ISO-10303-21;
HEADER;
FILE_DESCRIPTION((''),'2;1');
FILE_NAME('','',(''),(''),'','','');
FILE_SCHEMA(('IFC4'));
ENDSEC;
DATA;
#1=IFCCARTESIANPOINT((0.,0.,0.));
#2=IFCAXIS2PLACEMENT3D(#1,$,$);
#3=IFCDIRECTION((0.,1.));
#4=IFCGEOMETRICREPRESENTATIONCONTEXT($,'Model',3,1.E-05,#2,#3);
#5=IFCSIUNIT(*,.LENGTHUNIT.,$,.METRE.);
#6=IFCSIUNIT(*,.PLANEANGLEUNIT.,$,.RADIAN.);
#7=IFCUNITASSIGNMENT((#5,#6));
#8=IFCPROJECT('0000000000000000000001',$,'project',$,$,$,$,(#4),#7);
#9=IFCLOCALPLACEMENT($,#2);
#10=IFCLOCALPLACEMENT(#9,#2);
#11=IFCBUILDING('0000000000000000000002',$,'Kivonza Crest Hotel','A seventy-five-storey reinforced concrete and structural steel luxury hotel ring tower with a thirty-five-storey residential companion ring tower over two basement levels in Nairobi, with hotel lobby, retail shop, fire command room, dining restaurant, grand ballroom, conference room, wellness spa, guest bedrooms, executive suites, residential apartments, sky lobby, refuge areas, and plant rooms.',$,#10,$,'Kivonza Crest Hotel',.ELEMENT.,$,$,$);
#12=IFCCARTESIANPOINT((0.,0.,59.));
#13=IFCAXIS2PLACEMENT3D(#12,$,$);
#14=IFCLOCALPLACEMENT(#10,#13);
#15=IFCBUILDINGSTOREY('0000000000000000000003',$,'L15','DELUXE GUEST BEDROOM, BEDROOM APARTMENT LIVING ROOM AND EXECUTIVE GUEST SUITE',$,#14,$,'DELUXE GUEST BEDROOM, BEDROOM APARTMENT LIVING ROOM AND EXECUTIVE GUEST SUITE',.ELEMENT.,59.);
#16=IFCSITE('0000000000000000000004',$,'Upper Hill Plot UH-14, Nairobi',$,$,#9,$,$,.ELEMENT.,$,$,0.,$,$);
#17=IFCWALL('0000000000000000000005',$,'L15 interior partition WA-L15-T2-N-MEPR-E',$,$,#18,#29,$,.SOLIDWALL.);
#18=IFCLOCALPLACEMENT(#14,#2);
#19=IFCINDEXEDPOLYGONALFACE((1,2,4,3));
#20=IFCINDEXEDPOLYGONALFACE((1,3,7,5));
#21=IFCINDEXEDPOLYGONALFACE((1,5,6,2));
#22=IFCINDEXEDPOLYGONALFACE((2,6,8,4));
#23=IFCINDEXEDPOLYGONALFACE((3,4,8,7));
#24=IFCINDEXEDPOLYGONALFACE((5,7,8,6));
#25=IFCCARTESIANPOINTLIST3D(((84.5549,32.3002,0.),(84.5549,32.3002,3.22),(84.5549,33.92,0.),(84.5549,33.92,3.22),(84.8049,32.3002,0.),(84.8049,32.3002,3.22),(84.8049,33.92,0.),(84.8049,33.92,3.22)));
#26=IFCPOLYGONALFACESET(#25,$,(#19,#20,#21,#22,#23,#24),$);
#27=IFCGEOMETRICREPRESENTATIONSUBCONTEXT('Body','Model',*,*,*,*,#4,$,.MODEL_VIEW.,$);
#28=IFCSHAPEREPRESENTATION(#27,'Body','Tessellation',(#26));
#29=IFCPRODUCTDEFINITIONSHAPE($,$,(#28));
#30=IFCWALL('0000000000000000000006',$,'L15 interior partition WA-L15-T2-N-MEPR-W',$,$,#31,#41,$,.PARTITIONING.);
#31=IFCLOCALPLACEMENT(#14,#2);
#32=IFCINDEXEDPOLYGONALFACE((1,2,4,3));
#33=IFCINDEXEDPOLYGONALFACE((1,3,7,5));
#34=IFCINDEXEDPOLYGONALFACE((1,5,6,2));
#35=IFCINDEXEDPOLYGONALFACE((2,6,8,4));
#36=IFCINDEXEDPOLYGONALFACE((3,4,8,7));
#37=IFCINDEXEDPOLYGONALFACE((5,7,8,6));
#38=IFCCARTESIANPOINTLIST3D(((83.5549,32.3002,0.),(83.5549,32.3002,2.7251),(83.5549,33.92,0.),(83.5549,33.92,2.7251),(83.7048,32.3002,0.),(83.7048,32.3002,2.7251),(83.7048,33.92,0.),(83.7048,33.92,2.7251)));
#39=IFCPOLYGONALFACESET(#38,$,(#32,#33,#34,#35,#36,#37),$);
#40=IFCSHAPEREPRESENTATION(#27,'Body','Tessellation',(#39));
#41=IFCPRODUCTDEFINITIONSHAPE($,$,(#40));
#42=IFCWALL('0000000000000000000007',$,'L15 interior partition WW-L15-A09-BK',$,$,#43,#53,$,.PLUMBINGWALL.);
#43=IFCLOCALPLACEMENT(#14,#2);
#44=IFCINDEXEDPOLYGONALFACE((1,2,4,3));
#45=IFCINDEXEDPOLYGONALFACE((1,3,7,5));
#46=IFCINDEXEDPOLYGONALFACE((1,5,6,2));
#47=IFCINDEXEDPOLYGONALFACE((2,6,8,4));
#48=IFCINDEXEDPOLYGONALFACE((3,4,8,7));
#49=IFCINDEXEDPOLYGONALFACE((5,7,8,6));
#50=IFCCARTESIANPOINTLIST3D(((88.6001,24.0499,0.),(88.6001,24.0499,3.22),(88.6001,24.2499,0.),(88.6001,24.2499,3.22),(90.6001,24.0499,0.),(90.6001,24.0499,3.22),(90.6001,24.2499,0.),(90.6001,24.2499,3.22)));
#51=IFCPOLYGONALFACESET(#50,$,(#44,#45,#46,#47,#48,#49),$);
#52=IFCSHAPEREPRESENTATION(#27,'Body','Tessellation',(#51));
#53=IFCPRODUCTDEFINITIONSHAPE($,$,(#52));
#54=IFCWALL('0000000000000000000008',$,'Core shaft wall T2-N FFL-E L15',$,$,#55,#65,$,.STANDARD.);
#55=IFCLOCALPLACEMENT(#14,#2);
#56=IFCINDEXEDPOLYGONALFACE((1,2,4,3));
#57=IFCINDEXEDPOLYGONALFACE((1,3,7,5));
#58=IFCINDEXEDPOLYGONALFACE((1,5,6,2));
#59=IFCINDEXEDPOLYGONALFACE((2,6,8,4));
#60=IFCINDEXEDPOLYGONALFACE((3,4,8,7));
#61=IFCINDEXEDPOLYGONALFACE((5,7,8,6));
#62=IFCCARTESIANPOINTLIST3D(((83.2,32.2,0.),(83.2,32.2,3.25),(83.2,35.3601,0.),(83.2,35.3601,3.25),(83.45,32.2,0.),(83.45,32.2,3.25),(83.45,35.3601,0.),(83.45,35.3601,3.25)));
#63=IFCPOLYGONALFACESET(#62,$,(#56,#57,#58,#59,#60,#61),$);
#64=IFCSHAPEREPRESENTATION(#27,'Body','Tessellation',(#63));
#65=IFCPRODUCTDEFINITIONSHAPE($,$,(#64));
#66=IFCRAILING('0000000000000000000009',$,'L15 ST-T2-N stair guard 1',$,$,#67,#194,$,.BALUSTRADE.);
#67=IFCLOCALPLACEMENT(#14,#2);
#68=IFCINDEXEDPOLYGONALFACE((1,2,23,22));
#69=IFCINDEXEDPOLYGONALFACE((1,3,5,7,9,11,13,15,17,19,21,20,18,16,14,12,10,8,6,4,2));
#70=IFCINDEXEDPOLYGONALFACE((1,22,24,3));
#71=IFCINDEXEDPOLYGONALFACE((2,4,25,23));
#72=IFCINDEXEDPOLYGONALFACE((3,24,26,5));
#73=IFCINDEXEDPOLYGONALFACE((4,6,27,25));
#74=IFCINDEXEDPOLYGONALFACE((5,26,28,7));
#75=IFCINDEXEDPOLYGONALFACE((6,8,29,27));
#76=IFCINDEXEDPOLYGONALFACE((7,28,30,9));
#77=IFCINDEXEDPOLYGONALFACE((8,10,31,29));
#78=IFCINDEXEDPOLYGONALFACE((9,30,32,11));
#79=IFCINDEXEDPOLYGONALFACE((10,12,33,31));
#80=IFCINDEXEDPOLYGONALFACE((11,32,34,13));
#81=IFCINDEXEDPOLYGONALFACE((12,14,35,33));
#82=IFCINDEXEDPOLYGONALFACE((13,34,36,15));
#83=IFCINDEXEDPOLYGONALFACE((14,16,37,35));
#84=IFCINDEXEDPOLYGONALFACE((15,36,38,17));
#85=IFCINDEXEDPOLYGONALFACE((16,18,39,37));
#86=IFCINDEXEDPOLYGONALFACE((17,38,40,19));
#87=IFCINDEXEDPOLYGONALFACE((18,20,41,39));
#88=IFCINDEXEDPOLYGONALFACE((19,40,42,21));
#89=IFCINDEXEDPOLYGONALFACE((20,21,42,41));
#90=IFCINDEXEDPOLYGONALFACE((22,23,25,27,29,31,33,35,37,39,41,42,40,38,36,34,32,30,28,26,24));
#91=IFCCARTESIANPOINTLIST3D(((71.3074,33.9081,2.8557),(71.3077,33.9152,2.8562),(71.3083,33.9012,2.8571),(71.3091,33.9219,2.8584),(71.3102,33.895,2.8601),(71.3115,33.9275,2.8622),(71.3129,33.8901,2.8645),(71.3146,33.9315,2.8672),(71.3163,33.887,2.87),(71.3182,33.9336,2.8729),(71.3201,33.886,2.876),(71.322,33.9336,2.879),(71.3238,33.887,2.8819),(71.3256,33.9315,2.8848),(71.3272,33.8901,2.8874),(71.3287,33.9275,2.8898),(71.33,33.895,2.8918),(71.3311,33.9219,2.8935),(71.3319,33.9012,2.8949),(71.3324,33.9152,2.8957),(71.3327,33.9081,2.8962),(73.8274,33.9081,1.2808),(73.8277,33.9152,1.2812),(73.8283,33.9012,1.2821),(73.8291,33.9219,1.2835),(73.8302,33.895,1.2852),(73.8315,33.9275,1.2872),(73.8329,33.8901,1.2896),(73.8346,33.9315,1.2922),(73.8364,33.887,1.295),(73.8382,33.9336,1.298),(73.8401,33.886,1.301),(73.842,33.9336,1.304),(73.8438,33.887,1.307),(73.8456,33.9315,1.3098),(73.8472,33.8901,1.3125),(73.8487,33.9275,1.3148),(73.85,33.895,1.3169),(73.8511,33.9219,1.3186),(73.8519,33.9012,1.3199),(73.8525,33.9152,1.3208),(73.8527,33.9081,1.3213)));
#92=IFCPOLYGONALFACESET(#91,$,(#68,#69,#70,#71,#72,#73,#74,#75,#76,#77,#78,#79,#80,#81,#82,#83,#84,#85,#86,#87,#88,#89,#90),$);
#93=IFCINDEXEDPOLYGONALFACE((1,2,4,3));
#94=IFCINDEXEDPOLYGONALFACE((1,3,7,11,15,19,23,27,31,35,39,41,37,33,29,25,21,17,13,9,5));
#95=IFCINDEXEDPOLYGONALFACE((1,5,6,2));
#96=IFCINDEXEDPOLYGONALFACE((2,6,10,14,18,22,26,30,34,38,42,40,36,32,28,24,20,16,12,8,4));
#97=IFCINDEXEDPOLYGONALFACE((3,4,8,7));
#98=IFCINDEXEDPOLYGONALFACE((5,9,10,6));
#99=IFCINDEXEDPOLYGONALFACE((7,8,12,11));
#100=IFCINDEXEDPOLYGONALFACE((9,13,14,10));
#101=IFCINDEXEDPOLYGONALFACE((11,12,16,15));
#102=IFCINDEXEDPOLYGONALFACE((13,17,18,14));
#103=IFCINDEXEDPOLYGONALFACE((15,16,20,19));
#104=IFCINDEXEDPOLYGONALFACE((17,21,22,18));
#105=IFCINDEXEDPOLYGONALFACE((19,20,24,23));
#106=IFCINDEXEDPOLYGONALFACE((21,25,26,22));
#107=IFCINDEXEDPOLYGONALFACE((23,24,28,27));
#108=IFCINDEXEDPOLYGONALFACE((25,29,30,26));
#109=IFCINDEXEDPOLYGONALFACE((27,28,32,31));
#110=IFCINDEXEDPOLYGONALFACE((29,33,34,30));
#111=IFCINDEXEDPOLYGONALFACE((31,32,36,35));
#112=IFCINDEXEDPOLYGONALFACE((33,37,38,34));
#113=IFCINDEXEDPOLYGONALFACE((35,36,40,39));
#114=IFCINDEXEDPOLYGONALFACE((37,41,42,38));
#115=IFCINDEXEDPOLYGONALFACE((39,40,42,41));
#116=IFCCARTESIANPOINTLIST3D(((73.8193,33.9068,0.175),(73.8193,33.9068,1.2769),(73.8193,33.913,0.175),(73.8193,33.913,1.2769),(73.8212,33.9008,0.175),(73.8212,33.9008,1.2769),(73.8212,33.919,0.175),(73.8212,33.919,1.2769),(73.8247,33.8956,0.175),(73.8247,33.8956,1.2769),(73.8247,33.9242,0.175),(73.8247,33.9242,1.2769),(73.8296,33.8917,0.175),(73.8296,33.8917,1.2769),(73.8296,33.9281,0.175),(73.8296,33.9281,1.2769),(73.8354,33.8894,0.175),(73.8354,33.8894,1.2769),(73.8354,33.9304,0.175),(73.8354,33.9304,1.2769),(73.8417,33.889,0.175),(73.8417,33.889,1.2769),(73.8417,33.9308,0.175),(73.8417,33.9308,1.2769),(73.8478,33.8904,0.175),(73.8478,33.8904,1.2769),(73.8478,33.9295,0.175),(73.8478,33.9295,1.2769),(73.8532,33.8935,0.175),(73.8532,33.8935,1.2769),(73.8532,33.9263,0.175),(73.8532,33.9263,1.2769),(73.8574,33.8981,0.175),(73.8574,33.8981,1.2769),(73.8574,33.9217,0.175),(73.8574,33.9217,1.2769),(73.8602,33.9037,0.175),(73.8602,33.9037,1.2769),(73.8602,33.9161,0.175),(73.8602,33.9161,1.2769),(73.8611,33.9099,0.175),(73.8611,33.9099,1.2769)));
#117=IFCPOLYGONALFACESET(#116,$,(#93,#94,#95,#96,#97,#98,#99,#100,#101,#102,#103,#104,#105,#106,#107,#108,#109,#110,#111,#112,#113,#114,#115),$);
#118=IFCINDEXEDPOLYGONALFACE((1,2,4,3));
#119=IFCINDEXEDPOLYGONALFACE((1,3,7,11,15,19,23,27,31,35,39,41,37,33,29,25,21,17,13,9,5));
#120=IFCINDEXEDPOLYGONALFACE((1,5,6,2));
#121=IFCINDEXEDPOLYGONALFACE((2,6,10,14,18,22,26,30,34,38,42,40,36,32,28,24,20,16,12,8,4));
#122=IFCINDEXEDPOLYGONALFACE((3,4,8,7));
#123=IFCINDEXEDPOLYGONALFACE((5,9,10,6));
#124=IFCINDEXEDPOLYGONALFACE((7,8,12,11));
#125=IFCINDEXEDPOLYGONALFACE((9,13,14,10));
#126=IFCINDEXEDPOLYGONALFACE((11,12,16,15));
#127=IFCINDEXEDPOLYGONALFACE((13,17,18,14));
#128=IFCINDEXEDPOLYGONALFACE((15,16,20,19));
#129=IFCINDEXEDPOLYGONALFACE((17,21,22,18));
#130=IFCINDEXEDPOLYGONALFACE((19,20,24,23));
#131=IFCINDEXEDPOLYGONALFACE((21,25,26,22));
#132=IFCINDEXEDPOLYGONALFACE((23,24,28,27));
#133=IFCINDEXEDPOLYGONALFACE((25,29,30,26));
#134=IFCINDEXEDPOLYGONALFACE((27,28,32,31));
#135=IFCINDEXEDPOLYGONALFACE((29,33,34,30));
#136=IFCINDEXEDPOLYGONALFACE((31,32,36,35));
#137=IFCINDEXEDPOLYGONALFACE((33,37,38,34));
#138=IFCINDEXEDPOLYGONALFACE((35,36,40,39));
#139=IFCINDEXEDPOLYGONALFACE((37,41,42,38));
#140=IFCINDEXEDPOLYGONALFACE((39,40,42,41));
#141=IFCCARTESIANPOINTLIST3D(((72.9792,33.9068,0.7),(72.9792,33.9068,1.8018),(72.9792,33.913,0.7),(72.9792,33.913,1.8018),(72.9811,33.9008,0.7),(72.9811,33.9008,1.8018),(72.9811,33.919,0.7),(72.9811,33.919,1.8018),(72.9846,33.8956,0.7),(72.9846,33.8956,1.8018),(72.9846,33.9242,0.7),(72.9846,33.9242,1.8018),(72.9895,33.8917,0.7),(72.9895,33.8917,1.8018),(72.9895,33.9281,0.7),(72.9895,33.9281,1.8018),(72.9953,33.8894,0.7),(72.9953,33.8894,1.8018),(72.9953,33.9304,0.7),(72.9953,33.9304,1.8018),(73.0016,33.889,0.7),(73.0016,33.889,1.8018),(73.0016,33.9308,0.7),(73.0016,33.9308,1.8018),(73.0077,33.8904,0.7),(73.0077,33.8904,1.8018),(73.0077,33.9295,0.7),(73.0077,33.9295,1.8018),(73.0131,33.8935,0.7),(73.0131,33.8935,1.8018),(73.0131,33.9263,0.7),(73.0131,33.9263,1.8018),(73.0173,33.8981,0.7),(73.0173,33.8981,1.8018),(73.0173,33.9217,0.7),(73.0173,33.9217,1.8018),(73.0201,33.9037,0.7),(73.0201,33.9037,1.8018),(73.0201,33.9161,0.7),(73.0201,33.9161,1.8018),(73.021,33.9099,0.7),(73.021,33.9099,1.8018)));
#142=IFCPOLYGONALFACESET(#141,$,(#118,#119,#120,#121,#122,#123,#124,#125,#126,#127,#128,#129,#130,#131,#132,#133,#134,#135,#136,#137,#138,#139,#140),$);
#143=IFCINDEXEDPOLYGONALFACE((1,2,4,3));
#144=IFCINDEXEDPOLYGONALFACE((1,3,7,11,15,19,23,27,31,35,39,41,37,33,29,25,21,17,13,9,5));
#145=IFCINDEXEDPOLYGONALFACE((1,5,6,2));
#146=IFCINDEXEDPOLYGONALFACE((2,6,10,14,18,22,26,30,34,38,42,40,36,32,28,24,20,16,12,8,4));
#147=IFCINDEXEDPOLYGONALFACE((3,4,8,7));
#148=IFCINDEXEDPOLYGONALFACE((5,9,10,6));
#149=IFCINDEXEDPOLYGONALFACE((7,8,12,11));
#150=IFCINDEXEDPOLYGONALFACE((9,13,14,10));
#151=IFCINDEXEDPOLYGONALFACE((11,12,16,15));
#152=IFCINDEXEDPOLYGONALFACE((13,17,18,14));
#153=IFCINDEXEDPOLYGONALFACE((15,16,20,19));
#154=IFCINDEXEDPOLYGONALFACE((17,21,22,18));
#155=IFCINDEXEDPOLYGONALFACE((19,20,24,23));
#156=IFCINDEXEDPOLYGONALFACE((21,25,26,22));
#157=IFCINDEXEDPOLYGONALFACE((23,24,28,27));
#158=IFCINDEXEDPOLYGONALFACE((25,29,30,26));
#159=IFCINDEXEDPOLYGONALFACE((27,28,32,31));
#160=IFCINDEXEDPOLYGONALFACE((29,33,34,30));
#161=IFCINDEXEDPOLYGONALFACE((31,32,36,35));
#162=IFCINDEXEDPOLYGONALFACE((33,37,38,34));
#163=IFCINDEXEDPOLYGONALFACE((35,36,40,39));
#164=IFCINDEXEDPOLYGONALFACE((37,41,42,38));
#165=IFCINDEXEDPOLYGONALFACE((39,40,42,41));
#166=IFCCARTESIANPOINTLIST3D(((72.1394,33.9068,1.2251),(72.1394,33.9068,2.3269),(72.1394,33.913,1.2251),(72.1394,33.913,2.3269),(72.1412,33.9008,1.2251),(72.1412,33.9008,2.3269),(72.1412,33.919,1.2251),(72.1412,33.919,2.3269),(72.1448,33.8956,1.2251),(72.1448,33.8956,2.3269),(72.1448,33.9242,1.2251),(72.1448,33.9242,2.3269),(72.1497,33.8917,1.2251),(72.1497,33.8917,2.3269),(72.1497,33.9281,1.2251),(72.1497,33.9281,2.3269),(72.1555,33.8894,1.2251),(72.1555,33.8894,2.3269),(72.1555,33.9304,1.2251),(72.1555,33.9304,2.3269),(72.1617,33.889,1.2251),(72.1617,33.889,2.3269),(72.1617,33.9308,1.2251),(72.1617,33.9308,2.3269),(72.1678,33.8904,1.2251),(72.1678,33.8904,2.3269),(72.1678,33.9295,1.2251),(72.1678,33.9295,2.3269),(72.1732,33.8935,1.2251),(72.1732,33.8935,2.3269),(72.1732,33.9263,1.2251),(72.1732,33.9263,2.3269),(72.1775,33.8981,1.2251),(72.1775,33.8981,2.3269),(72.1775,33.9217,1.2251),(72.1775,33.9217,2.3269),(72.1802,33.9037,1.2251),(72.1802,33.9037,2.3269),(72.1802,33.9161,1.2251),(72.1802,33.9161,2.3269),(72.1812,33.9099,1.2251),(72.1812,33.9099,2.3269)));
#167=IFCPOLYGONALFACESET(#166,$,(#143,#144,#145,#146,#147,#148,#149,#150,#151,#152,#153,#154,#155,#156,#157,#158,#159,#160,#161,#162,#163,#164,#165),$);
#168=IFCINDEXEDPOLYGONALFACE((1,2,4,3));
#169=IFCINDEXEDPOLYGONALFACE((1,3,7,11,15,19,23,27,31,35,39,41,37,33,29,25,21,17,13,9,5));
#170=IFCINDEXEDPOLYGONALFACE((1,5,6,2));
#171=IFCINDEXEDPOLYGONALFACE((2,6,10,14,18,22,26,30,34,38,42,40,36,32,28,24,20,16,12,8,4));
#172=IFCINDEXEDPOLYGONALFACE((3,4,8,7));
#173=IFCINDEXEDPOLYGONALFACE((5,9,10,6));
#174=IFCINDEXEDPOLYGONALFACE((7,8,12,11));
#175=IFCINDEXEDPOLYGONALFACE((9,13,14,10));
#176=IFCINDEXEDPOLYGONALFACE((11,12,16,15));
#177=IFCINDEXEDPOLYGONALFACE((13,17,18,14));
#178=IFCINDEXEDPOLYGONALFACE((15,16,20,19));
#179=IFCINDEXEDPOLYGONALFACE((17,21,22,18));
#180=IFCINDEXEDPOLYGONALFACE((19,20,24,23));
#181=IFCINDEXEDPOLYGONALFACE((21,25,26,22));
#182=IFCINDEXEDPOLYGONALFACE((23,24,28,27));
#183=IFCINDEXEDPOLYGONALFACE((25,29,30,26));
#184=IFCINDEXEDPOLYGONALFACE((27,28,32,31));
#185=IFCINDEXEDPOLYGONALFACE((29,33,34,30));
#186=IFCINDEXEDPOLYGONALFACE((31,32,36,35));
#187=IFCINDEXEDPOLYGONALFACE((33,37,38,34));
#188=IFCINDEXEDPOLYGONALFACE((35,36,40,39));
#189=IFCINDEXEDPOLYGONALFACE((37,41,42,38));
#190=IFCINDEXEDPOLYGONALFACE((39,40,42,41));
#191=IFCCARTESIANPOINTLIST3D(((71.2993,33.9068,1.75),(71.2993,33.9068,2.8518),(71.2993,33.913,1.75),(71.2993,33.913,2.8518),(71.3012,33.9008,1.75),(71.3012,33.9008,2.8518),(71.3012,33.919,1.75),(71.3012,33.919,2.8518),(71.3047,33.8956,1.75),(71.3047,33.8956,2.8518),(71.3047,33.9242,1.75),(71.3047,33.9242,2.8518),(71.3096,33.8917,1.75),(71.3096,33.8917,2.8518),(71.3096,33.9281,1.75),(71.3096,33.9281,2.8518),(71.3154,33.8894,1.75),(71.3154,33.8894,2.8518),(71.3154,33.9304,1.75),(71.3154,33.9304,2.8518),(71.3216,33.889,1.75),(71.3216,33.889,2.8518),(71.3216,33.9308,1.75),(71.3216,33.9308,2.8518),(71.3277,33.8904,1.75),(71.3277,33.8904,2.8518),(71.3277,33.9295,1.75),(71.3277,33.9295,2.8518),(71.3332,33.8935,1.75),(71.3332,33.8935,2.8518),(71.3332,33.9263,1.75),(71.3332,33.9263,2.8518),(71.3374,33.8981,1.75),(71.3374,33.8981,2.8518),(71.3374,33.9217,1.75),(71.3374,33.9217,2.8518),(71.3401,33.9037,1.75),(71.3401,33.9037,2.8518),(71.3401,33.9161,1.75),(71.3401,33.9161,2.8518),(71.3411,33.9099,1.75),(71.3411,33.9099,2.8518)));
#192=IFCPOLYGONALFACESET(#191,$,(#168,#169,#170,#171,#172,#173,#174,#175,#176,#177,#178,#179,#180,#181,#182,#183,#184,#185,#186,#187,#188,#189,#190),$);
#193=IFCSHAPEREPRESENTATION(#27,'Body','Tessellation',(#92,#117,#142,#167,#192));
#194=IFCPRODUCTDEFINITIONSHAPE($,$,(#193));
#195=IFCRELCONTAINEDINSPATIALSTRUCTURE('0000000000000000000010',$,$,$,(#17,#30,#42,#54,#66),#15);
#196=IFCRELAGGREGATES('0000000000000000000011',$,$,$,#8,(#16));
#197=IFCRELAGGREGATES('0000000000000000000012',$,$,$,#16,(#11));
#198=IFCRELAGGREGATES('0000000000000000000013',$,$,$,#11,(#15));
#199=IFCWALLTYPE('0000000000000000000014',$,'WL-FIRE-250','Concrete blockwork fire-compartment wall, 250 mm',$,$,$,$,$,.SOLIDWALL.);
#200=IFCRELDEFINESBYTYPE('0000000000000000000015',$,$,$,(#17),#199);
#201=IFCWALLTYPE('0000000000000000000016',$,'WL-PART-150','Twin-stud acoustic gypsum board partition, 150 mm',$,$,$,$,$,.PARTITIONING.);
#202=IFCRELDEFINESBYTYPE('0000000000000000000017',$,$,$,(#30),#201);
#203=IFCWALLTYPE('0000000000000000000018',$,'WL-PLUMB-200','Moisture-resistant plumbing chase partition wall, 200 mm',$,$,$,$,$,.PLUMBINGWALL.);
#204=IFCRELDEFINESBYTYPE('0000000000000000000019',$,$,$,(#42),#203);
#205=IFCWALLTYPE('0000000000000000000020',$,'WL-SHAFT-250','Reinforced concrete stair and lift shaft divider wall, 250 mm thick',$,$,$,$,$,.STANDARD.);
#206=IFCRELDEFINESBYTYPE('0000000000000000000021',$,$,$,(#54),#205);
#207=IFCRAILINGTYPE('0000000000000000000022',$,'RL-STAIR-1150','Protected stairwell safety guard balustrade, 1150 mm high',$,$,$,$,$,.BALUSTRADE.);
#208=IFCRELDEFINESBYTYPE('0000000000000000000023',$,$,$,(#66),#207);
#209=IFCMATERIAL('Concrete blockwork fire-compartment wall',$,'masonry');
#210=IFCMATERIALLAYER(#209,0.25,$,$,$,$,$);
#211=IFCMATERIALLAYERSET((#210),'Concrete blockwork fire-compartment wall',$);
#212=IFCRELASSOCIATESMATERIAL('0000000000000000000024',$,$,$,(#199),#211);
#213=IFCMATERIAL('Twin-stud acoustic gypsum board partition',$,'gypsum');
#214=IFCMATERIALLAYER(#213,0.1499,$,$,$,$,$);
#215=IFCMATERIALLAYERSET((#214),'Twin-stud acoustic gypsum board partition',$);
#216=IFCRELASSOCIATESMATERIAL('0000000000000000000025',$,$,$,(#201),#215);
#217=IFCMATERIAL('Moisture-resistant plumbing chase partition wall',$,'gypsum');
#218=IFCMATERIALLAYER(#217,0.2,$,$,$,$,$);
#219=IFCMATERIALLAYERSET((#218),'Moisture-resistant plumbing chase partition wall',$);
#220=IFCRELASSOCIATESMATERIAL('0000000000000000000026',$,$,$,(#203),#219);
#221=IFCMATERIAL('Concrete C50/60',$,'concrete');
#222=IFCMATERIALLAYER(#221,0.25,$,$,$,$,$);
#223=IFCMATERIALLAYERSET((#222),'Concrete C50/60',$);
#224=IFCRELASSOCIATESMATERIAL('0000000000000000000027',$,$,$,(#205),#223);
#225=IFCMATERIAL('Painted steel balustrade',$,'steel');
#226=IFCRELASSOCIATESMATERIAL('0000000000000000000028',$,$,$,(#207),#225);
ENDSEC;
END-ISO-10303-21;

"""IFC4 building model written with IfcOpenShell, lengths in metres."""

from ifc_helpers import new_model, si_unit, direction, frame, frame_2d, origin, origin_2d, place, context, subcontext, project, spatial, rectangle, circle, extrude, material, layer, layer_set, type_object, element, save


model = new_model("IFC4")

# Units and contexts
model_context = context("Model", 3, precision=1e-05, world=origin(), true_north=direction((0.0, 1.0)))
body_context = subcontext(model_context, "Body", "Model", "MODEL_VIEW")
ifc_project = project(units=[si_unit("LENGTHUNIT", "METRE"), si_unit("PLANEANGLEUNIT", "RADIAN")], contexts=[model_context])

# Site, building, storey
site_placement = place(None, origin())
site = spatial("IfcSite", under=ifc_project, at=site_placement, Name="Upper Hill Plot UH-14, Nairobi", CompositionType="ELEMENT", RefElevation=0.0)
building_placement = place(site_placement, origin())
building = spatial("IfcBuilding", under=site, at=building_placement, Name="Kivonza Crest Hotel", Description="A seventy-five-storey reinforced concrete and structural steel luxury hotel ring tower with a thirty-five-storey residential companion ring tower over two basement levels in Nairobi, with hotel lobby, retail shop, fire command room, dining restaurant, grand ballroom, conference room, wellness spa, guest bedrooms, executive suites, residential apartments, sky lobby, refuge areas, and plant rooms.", LongName="Kivonza Crest Hotel", CompositionType="ELEMENT")
storey_placement = place(building_placement, frame((0.0, 0.0, 59.0)))
storey = spatial("IfcBuildingStorey", under=building, at=storey_placement, Name="L15", Description="DELUXE GUEST BEDROOM, BEDROOM APARTMENT LIVING ROOM AND EXECUTIVE GUEST SUITE", LongName="DELUXE GUEST BEDROOM, BEDROOM APARTMENT LIVING ROOM AND EXECUTIVE GUEST SUITE", CompositionType="ELEMENT", Elevation=59.0)

# Shared definitions
ifc_material_1 = material(Name="Concrete C50/60", Category="concrete")

# Walls
ifc_material_2 = material(Name="Concrete blockwork fire-compartment wall", Category="masonry")
ifc_layer_1 = layer(ifc_material_2, 0.25)
ifc_layer_set_1 = layer_set([ifc_layer_1], Name="Concrete blockwork fire-compartment wall")
wall_type_1 = type_object("IfcWallType", Name="WL-FIRE-250", Description="Concrete blockwork fire-compartment wall, 250 mm", PredefinedType="SOLIDWALL", material=ifc_layer_set_1)
wall_1_placement = place(storey_placement, frame((84.6799, 32.3, 0.0), z_axis=(0.0, 0.0, 1.0), x_axis=(0.0, 1.0, 0.0)))
element("IfcWall", 1, at=wall_1_placement, inside=storey, type_object=wall_type_1, Name="L15 interior partition WA-L15-T2-N-MEPR-E", PredefinedType="SOLIDWALL", context=body_context, shape_type="SweptSolid", body=[
    extrude(rectangle(XDim=1.6199, YDim=0.25, at=frame_2d((0.8101, 0.0))), origin(), (0.0, 0.0, 1.0), 3.22),
])
ifc_material_3 = material(Name="Twin-stud acoustic gypsum board partition", Category="gypsum")
ifc_layer_2 = layer(ifc_material_3, 0.1499)
ifc_layer_set_2 = layer_set([ifc_layer_2], Name="Twin-stud acoustic gypsum board partition")
wall_type_2 = type_object("IfcWallType", Name="WL-PART-150", Description="Twin-stud acoustic gypsum board partition, 150 mm", PredefinedType="PARTITIONING", material=ifc_layer_set_2)
wall_2_placement = place(storey_placement, frame((83.6299, 32.3, 0.0), z_axis=(0.0, 0.0, 1.0), x_axis=(0.0, 1.0, 0.0)))
element("IfcWall", 2, at=wall_2_placement, inside=storey, type_object=wall_type_2, Name="L15 interior partition WA-L15-T2-N-MEPR-W", PredefinedType="PARTITIONING", context=body_context, shape_type="SweptSolid", body=[
    extrude(rectangle(XDim=1.6199, YDim=0.1499, at=frame_2d((0.8101, 0.0))), origin(), (0.0, 0.0, 1.0), 2.7251),
])
ifc_material_4 = material(Name="Moisture-resistant plumbing chase partition wall", Category="gypsum")
ifc_layer_3 = layer(ifc_material_4, 0.2)
ifc_layer_set_3 = layer_set([ifc_layer_3], Name="Moisture-resistant plumbing chase partition wall")
wall_type_3 = type_object("IfcWallType", Name="WL-PLUMB-200", Description="Moisture-resistant plumbing chase partition wall, 200 mm", PredefinedType="PLUMBINGWALL", material=ifc_layer_set_3)
wall_3_placement = place(storey_placement, frame((88.6001, 24.1499, 0.0), z_axis=(0.0, 0.0, 1.0), x_axis=(1.0, 0.0, 0.0)))
element("IfcWall", 3, at=wall_3_placement, inside=storey, type_object=wall_type_3, Name="L15 interior partition WW-L15-A09-BK", PredefinedType="PLUMBINGWALL", context=body_context, shape_type="SweptSolid", body=[
    extrude(rectangle(XDim=2.0, YDim=0.2, at=frame_2d((1.0, 0.0))), origin(), (0.0, 0.0, 1.0), 3.22),
])

# Shared definitions
ifc_layer_4 = layer(ifc_material_1, 0.25)
ifc_layer_set_4 = layer_set([ifc_layer_4], Name="Concrete C50/60")
wall_type_4 = type_object("IfcWallType", Name="WL-SHAFT-250", Description="Reinforced concrete stair and lift shaft divider wall, 250 mm thick", PredefinedType="STANDARD", material=ifc_layer_set_4)

# Wall
wall_4_placement = place(storey_placement, frame((83.325, 32.2, 0.0), z_axis=(0.0, 0.0, 1.0), x_axis=(0.0, 1.0, 0.0)))
element("IfcWall", 4, at=wall_4_placement, inside=storey, type_object=wall_type_4, Name="Core shaft wall T2-N FFL-E L15", PredefinedType="STANDARD", context=body_context, shape_type="SweptSolid", body=[
    extrude(rectangle(XDim=3.1602, YDim=0.25, at=frame_2d((1.5801, 0.0))), origin(), (0.0, 0.0, 1.0), 3.25),
])

# Railing
ifc_material_5 = material(Name="Painted steel balustrade", Category="steel")
railing_type = type_object("IfcRailingType", Name="RL-STAIR-1150", Description="Protected stairwell safety guard balustrade, 1150 mm high", PredefinedType="BALUSTRADE", material=ifc_material_5)
railing_1_placement = place(storey_placement, frame((73.8401, 33.9099, 0.175)))
element("IfcRailing", 5, at=railing_1_placement, inside=storey, type_object=railing_type, Name="L15 ST-T2-N stair guard 1", PredefinedType="BALUSTRADE", context=body_context, shape_type="SweptSolid", body=[
    extrude(circle(Radius=0.0239, at=origin_2d()), frame((0.0, 0.0, 1.126), z_axis=(-0.848008, 0.0, 0.529984), x_axis=(0.0, -1.0, 0.0)), (0.0, 0.0, 1.0), 2.9717),
    extrude(circle(Radius=0.021, at=origin_2d()), origin(), (0.0, 0.0, 1.0), 1.1018),
    extrude(circle(Radius=0.021, at=origin_2d()), frame((-0.8401, 0.0, 0.5249)), (0.0, 0.0, 1.0), 1.1018),
    extrude(circle(Radius=0.021, at=origin_2d()), frame((-1.6799, 0.0, 1.05)), (0.0, 0.0, 1.0), 1.1018),
    extrude(circle(Radius=0.021, at=origin_2d()), frame((-2.52, 0.0, 1.575)), (0.0, 0.0, 1.0), 1.1018),
])

save(model, "model.ifc")
